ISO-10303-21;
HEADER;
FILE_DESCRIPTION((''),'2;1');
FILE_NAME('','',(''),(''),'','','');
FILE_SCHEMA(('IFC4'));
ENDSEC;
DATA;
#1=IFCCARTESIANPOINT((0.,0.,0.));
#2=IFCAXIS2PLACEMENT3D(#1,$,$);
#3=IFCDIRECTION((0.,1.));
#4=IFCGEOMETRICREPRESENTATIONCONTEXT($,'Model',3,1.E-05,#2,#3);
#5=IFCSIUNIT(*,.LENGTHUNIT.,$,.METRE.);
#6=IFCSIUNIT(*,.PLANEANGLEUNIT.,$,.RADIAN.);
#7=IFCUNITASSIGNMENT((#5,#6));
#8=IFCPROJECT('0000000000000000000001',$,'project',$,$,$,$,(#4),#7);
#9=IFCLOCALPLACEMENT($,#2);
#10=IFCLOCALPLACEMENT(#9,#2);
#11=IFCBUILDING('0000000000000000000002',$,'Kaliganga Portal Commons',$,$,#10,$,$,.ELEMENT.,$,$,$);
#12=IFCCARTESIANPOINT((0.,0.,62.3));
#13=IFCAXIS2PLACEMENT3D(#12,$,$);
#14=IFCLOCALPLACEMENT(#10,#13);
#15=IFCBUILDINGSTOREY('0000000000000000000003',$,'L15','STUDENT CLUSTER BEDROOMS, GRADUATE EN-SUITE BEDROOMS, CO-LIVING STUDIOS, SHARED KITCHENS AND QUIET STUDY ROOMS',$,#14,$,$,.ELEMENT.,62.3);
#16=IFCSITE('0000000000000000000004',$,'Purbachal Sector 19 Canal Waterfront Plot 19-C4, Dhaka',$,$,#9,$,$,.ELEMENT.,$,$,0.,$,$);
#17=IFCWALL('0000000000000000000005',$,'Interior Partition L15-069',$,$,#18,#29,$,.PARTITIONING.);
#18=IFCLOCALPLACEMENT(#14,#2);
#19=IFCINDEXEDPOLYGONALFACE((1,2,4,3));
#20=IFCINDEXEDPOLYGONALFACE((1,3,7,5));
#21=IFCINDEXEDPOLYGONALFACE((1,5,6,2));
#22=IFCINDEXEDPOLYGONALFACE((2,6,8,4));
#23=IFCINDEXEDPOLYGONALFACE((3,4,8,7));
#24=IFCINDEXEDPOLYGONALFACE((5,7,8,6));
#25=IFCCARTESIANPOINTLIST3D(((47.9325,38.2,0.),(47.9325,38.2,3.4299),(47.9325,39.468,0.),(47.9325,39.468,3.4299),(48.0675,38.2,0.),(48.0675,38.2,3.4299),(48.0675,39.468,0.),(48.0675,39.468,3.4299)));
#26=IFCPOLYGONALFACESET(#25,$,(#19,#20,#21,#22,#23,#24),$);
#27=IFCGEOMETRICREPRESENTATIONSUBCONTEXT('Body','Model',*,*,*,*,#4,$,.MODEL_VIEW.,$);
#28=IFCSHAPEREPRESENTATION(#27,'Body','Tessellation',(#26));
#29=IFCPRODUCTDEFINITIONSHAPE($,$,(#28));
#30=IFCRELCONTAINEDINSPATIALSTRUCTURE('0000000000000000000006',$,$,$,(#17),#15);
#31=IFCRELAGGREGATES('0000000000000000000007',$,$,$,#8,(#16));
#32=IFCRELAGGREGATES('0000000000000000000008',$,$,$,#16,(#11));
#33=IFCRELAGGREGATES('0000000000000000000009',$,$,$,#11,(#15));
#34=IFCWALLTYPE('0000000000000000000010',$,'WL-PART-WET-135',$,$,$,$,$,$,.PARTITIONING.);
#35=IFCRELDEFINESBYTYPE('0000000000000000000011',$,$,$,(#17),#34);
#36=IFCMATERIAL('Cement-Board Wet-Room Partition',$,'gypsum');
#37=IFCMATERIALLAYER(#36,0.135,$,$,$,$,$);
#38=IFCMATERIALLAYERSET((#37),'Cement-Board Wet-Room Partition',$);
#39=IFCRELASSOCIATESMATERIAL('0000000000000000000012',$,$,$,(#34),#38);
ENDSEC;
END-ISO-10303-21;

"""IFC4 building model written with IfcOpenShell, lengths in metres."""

from ifc_helpers import new_model, si_unit, direction, frame, frame_2d, origin, place, context, subcontext, project, spatial, rectangle, extrude, material, layer, layer_set, type_object, element, save


model = new_model("IFC4")

# Units and contexts
model_context = context("Model", 3, precision=1e-05, world=origin(), true_north=direction((0.0, 1.0)))
body_context = subcontext(model_context, "Body", "Model", "MODEL_VIEW")
ifc_project = project(units=[si_unit("LENGTHUNIT", "METRE"), si_unit("PLANEANGLEUNIT", "RADIAN")], contexts=[model_context])

# Site, building, storey
site_placement = place(None, origin())
site = spatial("IfcSite", under=ifc_project, at=site_placement, Name="Purbachal Sector 19 Canal Waterfront Plot 19-C4, Dhaka", CompositionType="ELEMENT", RefElevation=0.0)
building_placement = place(site_placement, origin())
building = spatial("IfcBuilding", under=site, at=building_placement, Name="Kaliganga Portal Commons", CompositionType="ELEMENT")
storey_placement = place(building_placement, frame((0.0, 0.0, 62.3)))
storey = spatial("IfcBuildingStorey", under=building, at=storey_placement, Name="L15", Description="STUDENT CLUSTER BEDROOMS, GRADUATE EN-SUITE BEDROOMS, CO-LIVING STUDIOS, SHARED KITCHENS AND QUIET STUDY ROOMS", CompositionType="ELEMENT", Elevation=62.3)

# Wall
ifc_material_1 = material(Name="Cement-Board Wet-Room Partition", Category="gypsum")
ifc_layer_1 = layer(ifc_material_1, 0.135)
ifc_layer_set_1 = layer_set([ifc_layer_1], Name="Cement-Board Wet-Room Partition")
wall_type_1 = type_object("IfcWallType", Name="WL-PART-WET-135", PredefinedType="PARTITIONING", material=ifc_layer_set_1)
wall_1_placement = place(storey_placement, frame((48.0, 38.2, 0.0), z_axis=(0.0, 0.0, 1.0), x_axis=(0.0, 1.0, 0.0)))
element("IfcWall", 1, at=wall_1_placement, inside=storey, type_object=wall_type_1, Name="Interior Partition L15-069", PredefinedType="PARTITIONING", context=body_context, shape_type="SweptSolid", body=[
    extrude(rectangle(XDim=1.2681, YDim=0.135, at=frame_2d((0.634, 0.0))), origin(), (0.0, 0.0, 1.0), 3.4299),
])

save(model, "model.ifc")
